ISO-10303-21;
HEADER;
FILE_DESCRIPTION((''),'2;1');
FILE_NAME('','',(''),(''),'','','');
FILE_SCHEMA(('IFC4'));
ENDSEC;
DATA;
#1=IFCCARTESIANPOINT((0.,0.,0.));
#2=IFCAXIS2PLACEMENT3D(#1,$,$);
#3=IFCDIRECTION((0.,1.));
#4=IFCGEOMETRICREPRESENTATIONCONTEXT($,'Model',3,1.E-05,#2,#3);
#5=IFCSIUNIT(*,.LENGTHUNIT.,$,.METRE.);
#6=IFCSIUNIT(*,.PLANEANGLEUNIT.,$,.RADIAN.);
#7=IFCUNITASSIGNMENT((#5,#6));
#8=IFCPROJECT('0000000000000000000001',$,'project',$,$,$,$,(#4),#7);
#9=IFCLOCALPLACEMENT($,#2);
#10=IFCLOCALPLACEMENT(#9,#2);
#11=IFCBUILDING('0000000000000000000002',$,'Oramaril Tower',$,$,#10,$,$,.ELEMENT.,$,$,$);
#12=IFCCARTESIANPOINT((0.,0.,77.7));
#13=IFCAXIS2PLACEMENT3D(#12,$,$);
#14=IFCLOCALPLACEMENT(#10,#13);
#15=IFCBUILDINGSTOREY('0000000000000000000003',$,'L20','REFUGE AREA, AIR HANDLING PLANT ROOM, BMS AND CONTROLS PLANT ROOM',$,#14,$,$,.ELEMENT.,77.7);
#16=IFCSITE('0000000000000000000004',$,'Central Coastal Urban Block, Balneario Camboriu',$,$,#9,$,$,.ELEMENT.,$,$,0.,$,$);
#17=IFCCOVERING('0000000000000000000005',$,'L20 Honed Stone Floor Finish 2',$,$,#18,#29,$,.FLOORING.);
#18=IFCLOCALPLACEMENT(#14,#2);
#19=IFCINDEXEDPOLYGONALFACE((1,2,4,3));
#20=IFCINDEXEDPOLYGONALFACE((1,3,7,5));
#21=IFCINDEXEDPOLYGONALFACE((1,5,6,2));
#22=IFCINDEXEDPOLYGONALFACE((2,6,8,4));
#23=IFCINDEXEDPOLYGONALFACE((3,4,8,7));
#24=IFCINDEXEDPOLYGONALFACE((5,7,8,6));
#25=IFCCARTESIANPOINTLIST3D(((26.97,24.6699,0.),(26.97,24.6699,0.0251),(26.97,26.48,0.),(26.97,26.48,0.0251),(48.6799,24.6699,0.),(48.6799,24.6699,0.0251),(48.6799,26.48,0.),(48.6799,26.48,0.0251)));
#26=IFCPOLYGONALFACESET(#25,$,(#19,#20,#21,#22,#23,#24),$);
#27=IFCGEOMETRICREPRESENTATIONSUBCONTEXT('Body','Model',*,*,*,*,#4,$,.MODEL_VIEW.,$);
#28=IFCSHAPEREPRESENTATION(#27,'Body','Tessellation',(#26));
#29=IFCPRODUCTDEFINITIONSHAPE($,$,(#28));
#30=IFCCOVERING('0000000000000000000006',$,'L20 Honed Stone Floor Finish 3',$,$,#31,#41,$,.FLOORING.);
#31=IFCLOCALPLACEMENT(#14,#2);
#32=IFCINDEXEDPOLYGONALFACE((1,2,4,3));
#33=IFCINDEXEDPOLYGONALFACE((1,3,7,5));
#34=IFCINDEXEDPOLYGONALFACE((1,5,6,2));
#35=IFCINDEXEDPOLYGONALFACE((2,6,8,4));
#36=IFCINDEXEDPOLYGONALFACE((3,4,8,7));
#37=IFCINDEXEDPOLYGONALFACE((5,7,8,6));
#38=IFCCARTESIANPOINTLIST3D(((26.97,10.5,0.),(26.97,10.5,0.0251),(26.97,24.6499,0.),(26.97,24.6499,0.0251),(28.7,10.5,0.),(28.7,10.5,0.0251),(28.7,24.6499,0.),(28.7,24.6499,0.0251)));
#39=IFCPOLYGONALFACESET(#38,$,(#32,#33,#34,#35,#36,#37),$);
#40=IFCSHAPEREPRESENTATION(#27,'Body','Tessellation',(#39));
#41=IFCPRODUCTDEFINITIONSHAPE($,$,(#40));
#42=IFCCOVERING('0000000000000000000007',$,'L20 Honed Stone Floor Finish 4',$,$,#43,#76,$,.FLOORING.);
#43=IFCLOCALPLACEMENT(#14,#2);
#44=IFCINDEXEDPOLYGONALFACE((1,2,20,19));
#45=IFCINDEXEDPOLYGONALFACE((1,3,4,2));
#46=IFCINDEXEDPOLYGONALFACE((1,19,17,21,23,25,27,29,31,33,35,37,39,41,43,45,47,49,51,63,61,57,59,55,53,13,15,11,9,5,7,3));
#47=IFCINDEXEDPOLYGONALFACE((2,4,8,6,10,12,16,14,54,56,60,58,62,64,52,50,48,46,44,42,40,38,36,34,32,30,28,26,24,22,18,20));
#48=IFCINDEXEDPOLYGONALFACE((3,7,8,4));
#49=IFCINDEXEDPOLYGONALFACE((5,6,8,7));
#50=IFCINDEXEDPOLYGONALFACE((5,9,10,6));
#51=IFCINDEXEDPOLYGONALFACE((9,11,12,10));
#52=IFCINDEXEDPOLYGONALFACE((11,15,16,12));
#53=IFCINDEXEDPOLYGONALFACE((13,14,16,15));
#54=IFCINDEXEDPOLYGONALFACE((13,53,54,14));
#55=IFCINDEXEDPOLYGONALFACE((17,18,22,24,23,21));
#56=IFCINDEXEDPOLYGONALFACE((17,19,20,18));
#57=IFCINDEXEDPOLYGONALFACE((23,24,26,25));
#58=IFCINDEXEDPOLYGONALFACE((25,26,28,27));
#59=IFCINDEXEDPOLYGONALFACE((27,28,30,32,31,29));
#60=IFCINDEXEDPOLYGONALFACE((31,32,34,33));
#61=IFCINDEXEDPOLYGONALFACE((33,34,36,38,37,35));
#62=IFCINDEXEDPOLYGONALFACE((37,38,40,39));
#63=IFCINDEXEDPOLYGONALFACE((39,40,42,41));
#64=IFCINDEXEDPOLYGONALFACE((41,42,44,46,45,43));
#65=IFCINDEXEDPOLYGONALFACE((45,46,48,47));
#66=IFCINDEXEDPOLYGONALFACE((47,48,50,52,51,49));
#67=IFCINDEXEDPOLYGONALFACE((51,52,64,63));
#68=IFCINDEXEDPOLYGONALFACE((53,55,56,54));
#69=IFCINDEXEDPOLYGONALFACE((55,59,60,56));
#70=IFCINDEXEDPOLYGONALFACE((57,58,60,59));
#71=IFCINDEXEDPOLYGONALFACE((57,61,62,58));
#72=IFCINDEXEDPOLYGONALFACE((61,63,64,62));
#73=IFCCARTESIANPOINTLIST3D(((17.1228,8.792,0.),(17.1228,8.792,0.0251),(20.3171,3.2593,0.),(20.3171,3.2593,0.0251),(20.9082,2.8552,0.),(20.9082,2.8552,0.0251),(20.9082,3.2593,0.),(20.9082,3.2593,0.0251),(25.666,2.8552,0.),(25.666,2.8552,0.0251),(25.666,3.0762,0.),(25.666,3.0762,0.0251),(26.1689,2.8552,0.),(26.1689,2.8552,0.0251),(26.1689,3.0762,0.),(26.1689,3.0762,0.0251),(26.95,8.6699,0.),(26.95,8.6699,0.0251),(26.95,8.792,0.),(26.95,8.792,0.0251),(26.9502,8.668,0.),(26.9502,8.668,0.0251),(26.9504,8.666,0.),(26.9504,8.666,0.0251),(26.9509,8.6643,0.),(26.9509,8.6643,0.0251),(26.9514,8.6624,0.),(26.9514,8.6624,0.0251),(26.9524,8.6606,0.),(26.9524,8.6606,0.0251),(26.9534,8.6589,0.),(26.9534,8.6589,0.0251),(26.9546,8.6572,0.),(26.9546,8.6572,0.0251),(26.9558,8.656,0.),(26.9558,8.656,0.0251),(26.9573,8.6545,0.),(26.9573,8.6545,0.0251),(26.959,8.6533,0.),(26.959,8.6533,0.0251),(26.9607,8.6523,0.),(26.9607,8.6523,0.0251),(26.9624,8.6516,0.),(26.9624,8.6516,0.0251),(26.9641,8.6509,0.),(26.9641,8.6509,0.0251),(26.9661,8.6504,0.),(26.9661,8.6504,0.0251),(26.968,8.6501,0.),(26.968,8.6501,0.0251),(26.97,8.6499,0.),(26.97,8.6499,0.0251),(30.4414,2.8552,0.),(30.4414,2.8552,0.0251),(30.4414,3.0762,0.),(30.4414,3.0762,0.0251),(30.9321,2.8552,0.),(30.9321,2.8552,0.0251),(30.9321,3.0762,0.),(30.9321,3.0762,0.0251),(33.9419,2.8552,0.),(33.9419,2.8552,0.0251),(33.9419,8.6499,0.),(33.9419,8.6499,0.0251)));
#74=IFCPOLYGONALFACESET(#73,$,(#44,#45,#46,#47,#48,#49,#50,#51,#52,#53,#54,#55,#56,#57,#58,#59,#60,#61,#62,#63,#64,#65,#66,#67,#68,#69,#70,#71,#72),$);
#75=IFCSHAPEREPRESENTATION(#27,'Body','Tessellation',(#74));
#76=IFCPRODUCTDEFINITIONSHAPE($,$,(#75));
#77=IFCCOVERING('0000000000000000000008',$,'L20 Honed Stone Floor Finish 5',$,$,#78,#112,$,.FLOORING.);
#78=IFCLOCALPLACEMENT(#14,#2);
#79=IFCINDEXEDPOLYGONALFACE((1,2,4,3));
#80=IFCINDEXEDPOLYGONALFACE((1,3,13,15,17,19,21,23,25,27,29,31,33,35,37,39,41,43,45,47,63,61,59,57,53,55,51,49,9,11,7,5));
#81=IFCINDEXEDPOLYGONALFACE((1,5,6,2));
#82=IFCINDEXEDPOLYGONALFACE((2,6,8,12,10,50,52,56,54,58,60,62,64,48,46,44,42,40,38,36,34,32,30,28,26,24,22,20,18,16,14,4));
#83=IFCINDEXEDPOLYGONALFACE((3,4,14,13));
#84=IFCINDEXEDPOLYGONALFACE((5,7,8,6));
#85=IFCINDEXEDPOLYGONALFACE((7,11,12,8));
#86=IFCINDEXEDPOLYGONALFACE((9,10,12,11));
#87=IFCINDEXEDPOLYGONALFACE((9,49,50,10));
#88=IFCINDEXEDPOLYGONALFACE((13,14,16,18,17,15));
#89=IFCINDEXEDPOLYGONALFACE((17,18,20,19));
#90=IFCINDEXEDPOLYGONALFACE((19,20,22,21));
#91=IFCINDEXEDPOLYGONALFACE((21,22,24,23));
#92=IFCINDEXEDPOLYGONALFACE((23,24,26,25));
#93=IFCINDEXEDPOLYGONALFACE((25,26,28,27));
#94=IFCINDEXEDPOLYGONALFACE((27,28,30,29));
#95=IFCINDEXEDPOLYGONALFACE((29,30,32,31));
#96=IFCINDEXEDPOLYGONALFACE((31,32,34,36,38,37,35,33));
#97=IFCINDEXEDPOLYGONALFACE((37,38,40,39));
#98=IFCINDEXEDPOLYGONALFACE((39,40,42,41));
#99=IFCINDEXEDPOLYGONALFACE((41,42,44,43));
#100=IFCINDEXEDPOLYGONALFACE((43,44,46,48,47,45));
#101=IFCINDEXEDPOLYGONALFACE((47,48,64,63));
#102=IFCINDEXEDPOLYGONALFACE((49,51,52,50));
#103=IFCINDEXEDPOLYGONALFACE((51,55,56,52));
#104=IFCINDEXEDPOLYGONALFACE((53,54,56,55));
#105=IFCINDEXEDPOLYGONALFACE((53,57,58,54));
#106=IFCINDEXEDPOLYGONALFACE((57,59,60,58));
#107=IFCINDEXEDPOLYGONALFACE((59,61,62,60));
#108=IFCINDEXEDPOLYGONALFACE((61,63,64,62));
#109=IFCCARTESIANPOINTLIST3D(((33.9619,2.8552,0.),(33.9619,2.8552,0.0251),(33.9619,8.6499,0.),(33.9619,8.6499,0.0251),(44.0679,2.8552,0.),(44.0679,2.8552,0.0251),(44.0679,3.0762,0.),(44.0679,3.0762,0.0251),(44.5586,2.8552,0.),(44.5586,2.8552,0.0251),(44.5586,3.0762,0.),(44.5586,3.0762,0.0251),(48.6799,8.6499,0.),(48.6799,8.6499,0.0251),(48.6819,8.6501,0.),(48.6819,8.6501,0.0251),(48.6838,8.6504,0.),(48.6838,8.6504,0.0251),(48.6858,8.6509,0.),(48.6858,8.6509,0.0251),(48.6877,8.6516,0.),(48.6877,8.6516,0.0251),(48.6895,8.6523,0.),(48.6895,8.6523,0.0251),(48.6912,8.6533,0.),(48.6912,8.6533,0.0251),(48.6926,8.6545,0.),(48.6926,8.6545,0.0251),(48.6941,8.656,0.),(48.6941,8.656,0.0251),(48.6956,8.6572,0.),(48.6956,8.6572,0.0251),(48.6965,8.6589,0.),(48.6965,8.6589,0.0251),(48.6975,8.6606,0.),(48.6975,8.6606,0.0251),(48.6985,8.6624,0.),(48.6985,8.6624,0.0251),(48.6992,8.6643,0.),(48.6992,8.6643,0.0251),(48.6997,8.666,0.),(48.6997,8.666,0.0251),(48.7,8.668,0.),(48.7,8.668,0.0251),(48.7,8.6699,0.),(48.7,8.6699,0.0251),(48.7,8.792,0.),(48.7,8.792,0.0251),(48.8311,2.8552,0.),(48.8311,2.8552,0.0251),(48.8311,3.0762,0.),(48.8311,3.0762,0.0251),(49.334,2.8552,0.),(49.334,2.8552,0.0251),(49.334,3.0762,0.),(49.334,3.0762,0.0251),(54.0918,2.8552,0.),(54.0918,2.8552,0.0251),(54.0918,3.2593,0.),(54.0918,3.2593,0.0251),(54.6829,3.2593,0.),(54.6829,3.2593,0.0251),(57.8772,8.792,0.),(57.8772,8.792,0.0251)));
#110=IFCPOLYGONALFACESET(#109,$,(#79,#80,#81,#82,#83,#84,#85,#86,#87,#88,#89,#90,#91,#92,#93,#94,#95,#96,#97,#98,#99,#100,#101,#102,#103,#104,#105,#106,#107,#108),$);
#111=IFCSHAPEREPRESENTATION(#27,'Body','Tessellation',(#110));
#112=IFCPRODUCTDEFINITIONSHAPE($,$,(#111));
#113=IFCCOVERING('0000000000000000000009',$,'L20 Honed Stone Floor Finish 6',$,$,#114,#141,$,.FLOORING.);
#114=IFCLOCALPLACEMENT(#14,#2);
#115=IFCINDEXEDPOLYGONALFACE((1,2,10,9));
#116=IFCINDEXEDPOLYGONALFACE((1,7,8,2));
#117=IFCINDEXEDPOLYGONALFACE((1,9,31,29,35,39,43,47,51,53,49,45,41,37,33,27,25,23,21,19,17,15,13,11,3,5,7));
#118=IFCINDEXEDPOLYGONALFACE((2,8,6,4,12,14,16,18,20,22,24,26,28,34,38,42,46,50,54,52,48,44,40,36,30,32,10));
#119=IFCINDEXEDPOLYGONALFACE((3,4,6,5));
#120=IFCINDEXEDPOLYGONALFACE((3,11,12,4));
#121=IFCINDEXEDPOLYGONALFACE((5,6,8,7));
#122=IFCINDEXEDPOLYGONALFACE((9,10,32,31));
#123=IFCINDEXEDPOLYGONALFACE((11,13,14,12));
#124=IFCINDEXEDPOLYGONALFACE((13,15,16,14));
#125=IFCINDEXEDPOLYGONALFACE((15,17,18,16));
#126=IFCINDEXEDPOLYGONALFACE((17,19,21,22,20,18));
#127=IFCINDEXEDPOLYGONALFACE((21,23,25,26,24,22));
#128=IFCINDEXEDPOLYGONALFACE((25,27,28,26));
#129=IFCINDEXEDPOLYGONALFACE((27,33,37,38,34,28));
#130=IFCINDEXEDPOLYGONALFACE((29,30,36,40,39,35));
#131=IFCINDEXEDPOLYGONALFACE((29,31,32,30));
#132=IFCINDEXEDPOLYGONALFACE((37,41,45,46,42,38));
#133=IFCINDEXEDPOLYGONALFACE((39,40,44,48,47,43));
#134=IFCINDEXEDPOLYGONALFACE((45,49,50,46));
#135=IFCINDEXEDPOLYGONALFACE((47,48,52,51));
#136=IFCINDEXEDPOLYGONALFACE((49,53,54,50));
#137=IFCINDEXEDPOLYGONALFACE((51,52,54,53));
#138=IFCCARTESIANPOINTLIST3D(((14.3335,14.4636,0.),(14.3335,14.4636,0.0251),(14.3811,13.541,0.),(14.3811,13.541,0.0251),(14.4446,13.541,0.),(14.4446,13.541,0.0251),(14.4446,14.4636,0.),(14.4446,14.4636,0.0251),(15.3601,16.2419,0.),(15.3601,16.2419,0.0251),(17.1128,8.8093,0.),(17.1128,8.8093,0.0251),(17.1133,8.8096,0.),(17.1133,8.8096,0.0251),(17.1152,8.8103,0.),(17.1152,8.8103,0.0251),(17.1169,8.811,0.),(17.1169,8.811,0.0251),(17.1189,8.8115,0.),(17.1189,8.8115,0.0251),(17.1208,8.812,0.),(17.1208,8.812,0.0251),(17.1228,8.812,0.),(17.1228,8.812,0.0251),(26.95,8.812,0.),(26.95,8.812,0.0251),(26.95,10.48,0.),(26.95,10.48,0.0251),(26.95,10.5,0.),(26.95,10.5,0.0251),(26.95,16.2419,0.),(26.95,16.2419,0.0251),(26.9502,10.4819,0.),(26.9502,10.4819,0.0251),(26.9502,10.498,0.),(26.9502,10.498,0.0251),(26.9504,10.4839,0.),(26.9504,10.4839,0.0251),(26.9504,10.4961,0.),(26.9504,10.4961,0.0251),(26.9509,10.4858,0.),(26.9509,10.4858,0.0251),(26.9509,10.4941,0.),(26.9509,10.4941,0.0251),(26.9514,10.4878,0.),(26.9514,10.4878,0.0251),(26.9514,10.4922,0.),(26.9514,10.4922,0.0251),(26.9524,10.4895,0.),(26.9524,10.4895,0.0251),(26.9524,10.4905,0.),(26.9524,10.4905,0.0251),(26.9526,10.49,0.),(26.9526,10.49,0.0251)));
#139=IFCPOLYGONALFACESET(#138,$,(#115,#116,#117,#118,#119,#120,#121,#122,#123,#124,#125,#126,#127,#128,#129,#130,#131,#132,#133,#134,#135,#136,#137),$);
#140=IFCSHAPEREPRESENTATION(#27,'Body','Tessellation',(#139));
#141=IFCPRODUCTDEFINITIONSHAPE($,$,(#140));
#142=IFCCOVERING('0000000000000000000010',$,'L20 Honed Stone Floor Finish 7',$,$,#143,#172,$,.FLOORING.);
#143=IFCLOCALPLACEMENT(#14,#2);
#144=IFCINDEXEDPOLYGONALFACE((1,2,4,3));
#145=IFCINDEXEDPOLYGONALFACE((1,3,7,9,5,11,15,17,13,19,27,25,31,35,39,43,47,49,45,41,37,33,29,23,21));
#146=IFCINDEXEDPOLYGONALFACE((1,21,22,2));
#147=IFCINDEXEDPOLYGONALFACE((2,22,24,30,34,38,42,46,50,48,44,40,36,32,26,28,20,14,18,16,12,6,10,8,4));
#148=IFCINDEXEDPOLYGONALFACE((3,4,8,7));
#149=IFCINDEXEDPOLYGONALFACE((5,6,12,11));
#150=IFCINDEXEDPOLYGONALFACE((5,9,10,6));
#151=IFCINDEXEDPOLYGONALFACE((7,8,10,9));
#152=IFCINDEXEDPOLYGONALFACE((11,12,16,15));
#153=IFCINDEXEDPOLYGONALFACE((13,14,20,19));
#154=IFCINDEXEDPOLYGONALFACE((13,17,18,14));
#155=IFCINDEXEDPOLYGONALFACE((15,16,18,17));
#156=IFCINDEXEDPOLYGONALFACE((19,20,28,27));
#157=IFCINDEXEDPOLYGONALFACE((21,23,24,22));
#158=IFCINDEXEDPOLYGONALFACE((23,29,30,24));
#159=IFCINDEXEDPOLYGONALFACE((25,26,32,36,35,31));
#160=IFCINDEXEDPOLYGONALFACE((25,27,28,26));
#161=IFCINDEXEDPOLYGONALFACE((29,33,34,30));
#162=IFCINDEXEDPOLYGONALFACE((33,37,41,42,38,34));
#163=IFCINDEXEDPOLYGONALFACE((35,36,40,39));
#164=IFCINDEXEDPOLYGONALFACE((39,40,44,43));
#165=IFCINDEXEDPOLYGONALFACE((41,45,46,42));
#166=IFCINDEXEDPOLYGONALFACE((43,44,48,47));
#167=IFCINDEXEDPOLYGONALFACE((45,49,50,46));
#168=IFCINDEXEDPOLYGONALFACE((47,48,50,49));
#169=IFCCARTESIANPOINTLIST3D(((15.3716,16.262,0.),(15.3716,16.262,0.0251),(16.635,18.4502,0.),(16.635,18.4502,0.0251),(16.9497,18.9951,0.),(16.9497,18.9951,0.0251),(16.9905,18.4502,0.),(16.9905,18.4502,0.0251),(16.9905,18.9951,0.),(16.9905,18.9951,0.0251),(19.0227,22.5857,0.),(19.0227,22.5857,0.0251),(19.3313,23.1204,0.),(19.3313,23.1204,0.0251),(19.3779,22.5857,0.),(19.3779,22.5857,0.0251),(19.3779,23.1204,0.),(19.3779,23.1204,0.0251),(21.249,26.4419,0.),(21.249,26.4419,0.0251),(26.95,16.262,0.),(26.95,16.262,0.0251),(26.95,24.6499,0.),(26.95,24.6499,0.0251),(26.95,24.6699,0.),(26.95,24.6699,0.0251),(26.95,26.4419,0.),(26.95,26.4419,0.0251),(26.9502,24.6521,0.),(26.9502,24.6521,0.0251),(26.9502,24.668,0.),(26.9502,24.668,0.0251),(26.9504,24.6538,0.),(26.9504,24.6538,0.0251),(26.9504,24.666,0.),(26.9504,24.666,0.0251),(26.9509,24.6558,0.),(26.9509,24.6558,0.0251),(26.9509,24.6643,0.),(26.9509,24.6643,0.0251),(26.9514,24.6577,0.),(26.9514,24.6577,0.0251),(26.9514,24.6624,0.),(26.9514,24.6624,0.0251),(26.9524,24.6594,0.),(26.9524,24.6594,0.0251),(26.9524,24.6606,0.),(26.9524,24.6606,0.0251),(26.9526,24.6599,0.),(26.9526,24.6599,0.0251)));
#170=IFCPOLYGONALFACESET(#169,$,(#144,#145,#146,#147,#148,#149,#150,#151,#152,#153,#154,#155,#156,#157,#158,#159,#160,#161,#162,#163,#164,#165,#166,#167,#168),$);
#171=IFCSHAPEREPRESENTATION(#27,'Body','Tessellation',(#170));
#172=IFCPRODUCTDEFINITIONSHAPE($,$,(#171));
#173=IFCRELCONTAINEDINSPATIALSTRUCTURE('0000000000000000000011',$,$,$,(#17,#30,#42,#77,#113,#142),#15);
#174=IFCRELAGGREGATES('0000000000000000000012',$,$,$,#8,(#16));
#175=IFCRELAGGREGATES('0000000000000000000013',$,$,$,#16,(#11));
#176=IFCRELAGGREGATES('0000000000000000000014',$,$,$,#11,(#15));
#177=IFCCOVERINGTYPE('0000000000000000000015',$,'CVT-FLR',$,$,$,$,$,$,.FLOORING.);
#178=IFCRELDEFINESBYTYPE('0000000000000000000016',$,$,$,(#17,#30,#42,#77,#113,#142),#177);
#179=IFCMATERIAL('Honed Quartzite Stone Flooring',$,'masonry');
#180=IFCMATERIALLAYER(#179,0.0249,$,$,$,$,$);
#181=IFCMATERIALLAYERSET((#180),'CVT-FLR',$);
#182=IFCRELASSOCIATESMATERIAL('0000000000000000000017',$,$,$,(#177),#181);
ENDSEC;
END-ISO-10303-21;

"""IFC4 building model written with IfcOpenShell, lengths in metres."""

from ifc_helpers import new_model, si_unit, direction, frame, origin, place, context, subcontext, project, spatial, polyline, outline, extrude, material, layer, layer_set, type_object, element, save


model = new_model("IFC4")

# Units and contexts
model_context = context("Model", 3, precision=1e-05, world=origin(), true_north=direction((0.0, 1.0)))
body_context = subcontext(model_context, "Body", "Model", "MODEL_VIEW")
ifc_project = project(units=[si_unit("LENGTHUNIT", "METRE"), si_unit("PLANEANGLEUNIT", "RADIAN")], contexts=[model_context])

# Site, building, storey
site_placement = place(None, origin())
site = spatial("IfcSite", under=ifc_project, at=site_placement, Name="Central Coastal Urban Block, Balneario Camboriu", CompositionType="ELEMENT", RefElevation=0.0)
building_placement = place(site_placement, origin())
building = spatial("IfcBuilding", under=site, at=building_placement, Name="Oramaril Tower", CompositionType="ELEMENT")
storey_placement = place(building_placement, frame((0.0, 0.0, 77.7)))
storey = spatial("IfcBuildingStorey", under=building, at=storey_placement, Name="L20", Description="REFUGE AREA, AIR HANDLING PLANT ROOM, BMS AND CONTROLS PLANT ROOM", CompositionType="ELEMENT", Elevation=77.7)

# Coverings
ifc_material_1 = material(Name="Honed Quartzite Stone Flooring", Category="masonry")
ifc_layer_1 = layer(ifc_material_1, 0.0249)
ifc_layer_set_1 = layer_set([ifc_layer_1], Name="CVT-FLR")
covering_type_1 = type_object("IfcCoveringType", Name="CVT-FLR", PredefinedType="FLOORING", material=ifc_layer_set_1)
covering_1_placement = place(storey_placement, origin())
element("IfcCovering", 1, at=covering_1_placement, inside=storey, type_object=covering_type_1, Name="L20 Honed Stone Floor Finish 2", PredefinedType="FLOORING", context=body_context, shape_type="SweptSolid", body=[
    extrude(outline(polyline([(48.6799, 26.48), (48.6799, 24.6699), (26.97, 24.6699), (26.97, 26.48), (48.6799, 26.48)])), origin(), (0.0, 0.0, 1.0), 0.0251),
])
covering_2_placement = place(storey_placement, origin())
element("IfcCovering", 2, at=covering_2_placement, inside=storey, type_object=covering_type_1, Name="L20 Honed Stone Floor Finish 3", PredefinedType="FLOORING", context=body_context, shape_type="SweptSolid", body=[
    extrude(outline(polyline([(28.7, 10.5), (26.97, 10.5), (26.97, 24.6499), (28.7, 24.6499), (28.7, 10.5)])), origin(), (0.0, 0.0, 1.0), 0.0251),
])
covering_3_placement = place(storey_placement, origin())
element("IfcCovering", 3, at=covering_3_placement, inside=storey, type_object=covering_type_1, Name="L20 Honed Stone Floor Finish 4", PredefinedType="FLOORING", context=body_context, shape_type="SweptSolid", body=[
    extrude(outline(polyline([(33.9419, 2.8552), (30.9321, 2.8552), (30.9321, 3.0762), (30.4414, 3.0762), (30.4414, 2.8552), (26.1689, 2.8552), (26.1689, 3.0762), (25.666, 3.0762), (25.666, 2.8552), (20.9082, 2.8552), (20.9082, 3.2593), (20.3171, 3.2593), (17.1228, 8.792), (26.95, 8.792), (26.95, 8.6699), (26.9502, 8.668), (26.9504, 8.666), (26.9509, 8.6643), (26.9514, 8.6624), (26.9524, 8.6606), (26.9534, 8.6589), (26.9546, 8.6572), (26.9558, 8.656), (26.9573, 8.6545), (26.959, 8.6533), (26.9607, 8.6523), (26.9624, 8.6516), (26.9641, 8.6509), (26.9661, 8.6504), (26.968, 8.6501), (26.97, 8.6499), (33.9419, 8.6499), (33.9419, 2.8552)])), origin(), (0.0, 0.0, 1.0), 0.0251),
])
covering_4_placement = place(storey_placement, origin())
element("IfcCovering", 4, at=covering_4_placement, inside=storey, type_object=covering_type_1, Name="L20 Honed Stone Floor Finish 5", PredefinedType="FLOORING", context=body_context, shape_type="SweptSolid", body=[
    extrude(outline(polyline([(49.334, 3.0762), (48.8311, 3.0762), (48.8311, 2.8552), (44.5586, 2.8552), (44.5586, 3.0762), (44.0679, 3.0762), (44.0679, 2.8552), (33.9619, 2.8552), (33.9619, 8.6499), (48.6799, 8.6499), (48.6819, 8.6501), (48.6838, 8.6504), (48.6858, 8.6509), (48.6877, 8.6516), (48.6895, 8.6523), (48.6912, 8.6533), (48.6926, 8.6545), (48.6941, 8.656), (48.6956, 8.6572), (48.6965, 8.6589), (48.6975, 8.6606), (48.6985, 8.6624), (48.6992, 8.6643), (48.6997, 8.666), (48.7, 8.668), (48.7, 8.6699), (48.7, 8.792), (57.8772, 8.792), (54.6829, 3.2593), (54.0918, 3.2593), (54.0918, 2.8552), (49.334, 2.8552), (49.334, 3.0762)])), origin(), (0.0, 0.0, 1.0), 0.0251),
])
covering_5_placement = place(storey_placement, origin())
element("IfcCovering", 5, at=covering_5_placement, inside=storey, type_object=covering_type_1, Name="L20 Honed Stone Floor Finish 6", PredefinedType="FLOORING", context=body_context, shape_type="SweptSolid", body=[
    extrude(outline(polyline([(14.3811, 13.541), (14.4446, 13.541), (14.4446, 14.4636), (14.3335, 14.4636), (15.3601, 16.2419), (26.95, 16.2419), (26.95, 10.5), (26.9502, 10.498), (26.9504, 10.4961), (26.9509, 10.4941), (26.9514, 10.4922), (26.9524, 10.4905), (26.9526, 10.49), (26.9524, 10.4895), (26.9514, 10.4878), (26.9509, 10.4858), (26.9504, 10.4839), (26.9502, 10.4819), (26.95, 10.48), (26.95, 8.812), (17.1228, 8.812), (17.1208, 8.812), (17.1189, 8.8115), (17.1169, 8.811), (17.1152, 8.8103), (17.1133, 8.8096), (17.1128, 8.8093), (14.3811, 13.541)])), origin(), (0.0, 0.0, 1.0), 0.0251),
])
covering_6_placement = place(storey_placement, origin())
element("IfcCovering", 6, at=covering_6_placement, inside=storey, type_object=covering_type_1, Name="L20 Honed Stone Floor Finish 7", PredefinedType="FLOORING", context=body_context, shape_type="SweptSolid", body=[
    extrude(outline(polyline([(16.635, 18.4502), (16.9905, 18.4502), (16.9905, 18.9951), (16.9497, 18.9951), (19.0227, 22.5857), (19.3779, 22.5857), (19.3779, 23.1204), (19.3313, 23.1204), (21.249, 26.4419), (26.95, 26.4419), (26.95, 24.6699), (26.9502, 24.668), (26.9504, 24.666), (26.9509, 24.6643), (26.9514, 24.6624), (26.9524, 24.6606), (26.9526, 24.6599), (26.9524, 24.6594), (26.9514, 24.6577), (26.9509, 24.6558), (26.9504, 24.6538), (26.9502, 24.6521), (26.95, 24.6499), (26.95, 16.262), (15.3716, 16.262), (16.635, 18.4502)])), origin(), (0.0, 0.0, 1.0), 0.0251),
])

save(model, "model.ifc")
